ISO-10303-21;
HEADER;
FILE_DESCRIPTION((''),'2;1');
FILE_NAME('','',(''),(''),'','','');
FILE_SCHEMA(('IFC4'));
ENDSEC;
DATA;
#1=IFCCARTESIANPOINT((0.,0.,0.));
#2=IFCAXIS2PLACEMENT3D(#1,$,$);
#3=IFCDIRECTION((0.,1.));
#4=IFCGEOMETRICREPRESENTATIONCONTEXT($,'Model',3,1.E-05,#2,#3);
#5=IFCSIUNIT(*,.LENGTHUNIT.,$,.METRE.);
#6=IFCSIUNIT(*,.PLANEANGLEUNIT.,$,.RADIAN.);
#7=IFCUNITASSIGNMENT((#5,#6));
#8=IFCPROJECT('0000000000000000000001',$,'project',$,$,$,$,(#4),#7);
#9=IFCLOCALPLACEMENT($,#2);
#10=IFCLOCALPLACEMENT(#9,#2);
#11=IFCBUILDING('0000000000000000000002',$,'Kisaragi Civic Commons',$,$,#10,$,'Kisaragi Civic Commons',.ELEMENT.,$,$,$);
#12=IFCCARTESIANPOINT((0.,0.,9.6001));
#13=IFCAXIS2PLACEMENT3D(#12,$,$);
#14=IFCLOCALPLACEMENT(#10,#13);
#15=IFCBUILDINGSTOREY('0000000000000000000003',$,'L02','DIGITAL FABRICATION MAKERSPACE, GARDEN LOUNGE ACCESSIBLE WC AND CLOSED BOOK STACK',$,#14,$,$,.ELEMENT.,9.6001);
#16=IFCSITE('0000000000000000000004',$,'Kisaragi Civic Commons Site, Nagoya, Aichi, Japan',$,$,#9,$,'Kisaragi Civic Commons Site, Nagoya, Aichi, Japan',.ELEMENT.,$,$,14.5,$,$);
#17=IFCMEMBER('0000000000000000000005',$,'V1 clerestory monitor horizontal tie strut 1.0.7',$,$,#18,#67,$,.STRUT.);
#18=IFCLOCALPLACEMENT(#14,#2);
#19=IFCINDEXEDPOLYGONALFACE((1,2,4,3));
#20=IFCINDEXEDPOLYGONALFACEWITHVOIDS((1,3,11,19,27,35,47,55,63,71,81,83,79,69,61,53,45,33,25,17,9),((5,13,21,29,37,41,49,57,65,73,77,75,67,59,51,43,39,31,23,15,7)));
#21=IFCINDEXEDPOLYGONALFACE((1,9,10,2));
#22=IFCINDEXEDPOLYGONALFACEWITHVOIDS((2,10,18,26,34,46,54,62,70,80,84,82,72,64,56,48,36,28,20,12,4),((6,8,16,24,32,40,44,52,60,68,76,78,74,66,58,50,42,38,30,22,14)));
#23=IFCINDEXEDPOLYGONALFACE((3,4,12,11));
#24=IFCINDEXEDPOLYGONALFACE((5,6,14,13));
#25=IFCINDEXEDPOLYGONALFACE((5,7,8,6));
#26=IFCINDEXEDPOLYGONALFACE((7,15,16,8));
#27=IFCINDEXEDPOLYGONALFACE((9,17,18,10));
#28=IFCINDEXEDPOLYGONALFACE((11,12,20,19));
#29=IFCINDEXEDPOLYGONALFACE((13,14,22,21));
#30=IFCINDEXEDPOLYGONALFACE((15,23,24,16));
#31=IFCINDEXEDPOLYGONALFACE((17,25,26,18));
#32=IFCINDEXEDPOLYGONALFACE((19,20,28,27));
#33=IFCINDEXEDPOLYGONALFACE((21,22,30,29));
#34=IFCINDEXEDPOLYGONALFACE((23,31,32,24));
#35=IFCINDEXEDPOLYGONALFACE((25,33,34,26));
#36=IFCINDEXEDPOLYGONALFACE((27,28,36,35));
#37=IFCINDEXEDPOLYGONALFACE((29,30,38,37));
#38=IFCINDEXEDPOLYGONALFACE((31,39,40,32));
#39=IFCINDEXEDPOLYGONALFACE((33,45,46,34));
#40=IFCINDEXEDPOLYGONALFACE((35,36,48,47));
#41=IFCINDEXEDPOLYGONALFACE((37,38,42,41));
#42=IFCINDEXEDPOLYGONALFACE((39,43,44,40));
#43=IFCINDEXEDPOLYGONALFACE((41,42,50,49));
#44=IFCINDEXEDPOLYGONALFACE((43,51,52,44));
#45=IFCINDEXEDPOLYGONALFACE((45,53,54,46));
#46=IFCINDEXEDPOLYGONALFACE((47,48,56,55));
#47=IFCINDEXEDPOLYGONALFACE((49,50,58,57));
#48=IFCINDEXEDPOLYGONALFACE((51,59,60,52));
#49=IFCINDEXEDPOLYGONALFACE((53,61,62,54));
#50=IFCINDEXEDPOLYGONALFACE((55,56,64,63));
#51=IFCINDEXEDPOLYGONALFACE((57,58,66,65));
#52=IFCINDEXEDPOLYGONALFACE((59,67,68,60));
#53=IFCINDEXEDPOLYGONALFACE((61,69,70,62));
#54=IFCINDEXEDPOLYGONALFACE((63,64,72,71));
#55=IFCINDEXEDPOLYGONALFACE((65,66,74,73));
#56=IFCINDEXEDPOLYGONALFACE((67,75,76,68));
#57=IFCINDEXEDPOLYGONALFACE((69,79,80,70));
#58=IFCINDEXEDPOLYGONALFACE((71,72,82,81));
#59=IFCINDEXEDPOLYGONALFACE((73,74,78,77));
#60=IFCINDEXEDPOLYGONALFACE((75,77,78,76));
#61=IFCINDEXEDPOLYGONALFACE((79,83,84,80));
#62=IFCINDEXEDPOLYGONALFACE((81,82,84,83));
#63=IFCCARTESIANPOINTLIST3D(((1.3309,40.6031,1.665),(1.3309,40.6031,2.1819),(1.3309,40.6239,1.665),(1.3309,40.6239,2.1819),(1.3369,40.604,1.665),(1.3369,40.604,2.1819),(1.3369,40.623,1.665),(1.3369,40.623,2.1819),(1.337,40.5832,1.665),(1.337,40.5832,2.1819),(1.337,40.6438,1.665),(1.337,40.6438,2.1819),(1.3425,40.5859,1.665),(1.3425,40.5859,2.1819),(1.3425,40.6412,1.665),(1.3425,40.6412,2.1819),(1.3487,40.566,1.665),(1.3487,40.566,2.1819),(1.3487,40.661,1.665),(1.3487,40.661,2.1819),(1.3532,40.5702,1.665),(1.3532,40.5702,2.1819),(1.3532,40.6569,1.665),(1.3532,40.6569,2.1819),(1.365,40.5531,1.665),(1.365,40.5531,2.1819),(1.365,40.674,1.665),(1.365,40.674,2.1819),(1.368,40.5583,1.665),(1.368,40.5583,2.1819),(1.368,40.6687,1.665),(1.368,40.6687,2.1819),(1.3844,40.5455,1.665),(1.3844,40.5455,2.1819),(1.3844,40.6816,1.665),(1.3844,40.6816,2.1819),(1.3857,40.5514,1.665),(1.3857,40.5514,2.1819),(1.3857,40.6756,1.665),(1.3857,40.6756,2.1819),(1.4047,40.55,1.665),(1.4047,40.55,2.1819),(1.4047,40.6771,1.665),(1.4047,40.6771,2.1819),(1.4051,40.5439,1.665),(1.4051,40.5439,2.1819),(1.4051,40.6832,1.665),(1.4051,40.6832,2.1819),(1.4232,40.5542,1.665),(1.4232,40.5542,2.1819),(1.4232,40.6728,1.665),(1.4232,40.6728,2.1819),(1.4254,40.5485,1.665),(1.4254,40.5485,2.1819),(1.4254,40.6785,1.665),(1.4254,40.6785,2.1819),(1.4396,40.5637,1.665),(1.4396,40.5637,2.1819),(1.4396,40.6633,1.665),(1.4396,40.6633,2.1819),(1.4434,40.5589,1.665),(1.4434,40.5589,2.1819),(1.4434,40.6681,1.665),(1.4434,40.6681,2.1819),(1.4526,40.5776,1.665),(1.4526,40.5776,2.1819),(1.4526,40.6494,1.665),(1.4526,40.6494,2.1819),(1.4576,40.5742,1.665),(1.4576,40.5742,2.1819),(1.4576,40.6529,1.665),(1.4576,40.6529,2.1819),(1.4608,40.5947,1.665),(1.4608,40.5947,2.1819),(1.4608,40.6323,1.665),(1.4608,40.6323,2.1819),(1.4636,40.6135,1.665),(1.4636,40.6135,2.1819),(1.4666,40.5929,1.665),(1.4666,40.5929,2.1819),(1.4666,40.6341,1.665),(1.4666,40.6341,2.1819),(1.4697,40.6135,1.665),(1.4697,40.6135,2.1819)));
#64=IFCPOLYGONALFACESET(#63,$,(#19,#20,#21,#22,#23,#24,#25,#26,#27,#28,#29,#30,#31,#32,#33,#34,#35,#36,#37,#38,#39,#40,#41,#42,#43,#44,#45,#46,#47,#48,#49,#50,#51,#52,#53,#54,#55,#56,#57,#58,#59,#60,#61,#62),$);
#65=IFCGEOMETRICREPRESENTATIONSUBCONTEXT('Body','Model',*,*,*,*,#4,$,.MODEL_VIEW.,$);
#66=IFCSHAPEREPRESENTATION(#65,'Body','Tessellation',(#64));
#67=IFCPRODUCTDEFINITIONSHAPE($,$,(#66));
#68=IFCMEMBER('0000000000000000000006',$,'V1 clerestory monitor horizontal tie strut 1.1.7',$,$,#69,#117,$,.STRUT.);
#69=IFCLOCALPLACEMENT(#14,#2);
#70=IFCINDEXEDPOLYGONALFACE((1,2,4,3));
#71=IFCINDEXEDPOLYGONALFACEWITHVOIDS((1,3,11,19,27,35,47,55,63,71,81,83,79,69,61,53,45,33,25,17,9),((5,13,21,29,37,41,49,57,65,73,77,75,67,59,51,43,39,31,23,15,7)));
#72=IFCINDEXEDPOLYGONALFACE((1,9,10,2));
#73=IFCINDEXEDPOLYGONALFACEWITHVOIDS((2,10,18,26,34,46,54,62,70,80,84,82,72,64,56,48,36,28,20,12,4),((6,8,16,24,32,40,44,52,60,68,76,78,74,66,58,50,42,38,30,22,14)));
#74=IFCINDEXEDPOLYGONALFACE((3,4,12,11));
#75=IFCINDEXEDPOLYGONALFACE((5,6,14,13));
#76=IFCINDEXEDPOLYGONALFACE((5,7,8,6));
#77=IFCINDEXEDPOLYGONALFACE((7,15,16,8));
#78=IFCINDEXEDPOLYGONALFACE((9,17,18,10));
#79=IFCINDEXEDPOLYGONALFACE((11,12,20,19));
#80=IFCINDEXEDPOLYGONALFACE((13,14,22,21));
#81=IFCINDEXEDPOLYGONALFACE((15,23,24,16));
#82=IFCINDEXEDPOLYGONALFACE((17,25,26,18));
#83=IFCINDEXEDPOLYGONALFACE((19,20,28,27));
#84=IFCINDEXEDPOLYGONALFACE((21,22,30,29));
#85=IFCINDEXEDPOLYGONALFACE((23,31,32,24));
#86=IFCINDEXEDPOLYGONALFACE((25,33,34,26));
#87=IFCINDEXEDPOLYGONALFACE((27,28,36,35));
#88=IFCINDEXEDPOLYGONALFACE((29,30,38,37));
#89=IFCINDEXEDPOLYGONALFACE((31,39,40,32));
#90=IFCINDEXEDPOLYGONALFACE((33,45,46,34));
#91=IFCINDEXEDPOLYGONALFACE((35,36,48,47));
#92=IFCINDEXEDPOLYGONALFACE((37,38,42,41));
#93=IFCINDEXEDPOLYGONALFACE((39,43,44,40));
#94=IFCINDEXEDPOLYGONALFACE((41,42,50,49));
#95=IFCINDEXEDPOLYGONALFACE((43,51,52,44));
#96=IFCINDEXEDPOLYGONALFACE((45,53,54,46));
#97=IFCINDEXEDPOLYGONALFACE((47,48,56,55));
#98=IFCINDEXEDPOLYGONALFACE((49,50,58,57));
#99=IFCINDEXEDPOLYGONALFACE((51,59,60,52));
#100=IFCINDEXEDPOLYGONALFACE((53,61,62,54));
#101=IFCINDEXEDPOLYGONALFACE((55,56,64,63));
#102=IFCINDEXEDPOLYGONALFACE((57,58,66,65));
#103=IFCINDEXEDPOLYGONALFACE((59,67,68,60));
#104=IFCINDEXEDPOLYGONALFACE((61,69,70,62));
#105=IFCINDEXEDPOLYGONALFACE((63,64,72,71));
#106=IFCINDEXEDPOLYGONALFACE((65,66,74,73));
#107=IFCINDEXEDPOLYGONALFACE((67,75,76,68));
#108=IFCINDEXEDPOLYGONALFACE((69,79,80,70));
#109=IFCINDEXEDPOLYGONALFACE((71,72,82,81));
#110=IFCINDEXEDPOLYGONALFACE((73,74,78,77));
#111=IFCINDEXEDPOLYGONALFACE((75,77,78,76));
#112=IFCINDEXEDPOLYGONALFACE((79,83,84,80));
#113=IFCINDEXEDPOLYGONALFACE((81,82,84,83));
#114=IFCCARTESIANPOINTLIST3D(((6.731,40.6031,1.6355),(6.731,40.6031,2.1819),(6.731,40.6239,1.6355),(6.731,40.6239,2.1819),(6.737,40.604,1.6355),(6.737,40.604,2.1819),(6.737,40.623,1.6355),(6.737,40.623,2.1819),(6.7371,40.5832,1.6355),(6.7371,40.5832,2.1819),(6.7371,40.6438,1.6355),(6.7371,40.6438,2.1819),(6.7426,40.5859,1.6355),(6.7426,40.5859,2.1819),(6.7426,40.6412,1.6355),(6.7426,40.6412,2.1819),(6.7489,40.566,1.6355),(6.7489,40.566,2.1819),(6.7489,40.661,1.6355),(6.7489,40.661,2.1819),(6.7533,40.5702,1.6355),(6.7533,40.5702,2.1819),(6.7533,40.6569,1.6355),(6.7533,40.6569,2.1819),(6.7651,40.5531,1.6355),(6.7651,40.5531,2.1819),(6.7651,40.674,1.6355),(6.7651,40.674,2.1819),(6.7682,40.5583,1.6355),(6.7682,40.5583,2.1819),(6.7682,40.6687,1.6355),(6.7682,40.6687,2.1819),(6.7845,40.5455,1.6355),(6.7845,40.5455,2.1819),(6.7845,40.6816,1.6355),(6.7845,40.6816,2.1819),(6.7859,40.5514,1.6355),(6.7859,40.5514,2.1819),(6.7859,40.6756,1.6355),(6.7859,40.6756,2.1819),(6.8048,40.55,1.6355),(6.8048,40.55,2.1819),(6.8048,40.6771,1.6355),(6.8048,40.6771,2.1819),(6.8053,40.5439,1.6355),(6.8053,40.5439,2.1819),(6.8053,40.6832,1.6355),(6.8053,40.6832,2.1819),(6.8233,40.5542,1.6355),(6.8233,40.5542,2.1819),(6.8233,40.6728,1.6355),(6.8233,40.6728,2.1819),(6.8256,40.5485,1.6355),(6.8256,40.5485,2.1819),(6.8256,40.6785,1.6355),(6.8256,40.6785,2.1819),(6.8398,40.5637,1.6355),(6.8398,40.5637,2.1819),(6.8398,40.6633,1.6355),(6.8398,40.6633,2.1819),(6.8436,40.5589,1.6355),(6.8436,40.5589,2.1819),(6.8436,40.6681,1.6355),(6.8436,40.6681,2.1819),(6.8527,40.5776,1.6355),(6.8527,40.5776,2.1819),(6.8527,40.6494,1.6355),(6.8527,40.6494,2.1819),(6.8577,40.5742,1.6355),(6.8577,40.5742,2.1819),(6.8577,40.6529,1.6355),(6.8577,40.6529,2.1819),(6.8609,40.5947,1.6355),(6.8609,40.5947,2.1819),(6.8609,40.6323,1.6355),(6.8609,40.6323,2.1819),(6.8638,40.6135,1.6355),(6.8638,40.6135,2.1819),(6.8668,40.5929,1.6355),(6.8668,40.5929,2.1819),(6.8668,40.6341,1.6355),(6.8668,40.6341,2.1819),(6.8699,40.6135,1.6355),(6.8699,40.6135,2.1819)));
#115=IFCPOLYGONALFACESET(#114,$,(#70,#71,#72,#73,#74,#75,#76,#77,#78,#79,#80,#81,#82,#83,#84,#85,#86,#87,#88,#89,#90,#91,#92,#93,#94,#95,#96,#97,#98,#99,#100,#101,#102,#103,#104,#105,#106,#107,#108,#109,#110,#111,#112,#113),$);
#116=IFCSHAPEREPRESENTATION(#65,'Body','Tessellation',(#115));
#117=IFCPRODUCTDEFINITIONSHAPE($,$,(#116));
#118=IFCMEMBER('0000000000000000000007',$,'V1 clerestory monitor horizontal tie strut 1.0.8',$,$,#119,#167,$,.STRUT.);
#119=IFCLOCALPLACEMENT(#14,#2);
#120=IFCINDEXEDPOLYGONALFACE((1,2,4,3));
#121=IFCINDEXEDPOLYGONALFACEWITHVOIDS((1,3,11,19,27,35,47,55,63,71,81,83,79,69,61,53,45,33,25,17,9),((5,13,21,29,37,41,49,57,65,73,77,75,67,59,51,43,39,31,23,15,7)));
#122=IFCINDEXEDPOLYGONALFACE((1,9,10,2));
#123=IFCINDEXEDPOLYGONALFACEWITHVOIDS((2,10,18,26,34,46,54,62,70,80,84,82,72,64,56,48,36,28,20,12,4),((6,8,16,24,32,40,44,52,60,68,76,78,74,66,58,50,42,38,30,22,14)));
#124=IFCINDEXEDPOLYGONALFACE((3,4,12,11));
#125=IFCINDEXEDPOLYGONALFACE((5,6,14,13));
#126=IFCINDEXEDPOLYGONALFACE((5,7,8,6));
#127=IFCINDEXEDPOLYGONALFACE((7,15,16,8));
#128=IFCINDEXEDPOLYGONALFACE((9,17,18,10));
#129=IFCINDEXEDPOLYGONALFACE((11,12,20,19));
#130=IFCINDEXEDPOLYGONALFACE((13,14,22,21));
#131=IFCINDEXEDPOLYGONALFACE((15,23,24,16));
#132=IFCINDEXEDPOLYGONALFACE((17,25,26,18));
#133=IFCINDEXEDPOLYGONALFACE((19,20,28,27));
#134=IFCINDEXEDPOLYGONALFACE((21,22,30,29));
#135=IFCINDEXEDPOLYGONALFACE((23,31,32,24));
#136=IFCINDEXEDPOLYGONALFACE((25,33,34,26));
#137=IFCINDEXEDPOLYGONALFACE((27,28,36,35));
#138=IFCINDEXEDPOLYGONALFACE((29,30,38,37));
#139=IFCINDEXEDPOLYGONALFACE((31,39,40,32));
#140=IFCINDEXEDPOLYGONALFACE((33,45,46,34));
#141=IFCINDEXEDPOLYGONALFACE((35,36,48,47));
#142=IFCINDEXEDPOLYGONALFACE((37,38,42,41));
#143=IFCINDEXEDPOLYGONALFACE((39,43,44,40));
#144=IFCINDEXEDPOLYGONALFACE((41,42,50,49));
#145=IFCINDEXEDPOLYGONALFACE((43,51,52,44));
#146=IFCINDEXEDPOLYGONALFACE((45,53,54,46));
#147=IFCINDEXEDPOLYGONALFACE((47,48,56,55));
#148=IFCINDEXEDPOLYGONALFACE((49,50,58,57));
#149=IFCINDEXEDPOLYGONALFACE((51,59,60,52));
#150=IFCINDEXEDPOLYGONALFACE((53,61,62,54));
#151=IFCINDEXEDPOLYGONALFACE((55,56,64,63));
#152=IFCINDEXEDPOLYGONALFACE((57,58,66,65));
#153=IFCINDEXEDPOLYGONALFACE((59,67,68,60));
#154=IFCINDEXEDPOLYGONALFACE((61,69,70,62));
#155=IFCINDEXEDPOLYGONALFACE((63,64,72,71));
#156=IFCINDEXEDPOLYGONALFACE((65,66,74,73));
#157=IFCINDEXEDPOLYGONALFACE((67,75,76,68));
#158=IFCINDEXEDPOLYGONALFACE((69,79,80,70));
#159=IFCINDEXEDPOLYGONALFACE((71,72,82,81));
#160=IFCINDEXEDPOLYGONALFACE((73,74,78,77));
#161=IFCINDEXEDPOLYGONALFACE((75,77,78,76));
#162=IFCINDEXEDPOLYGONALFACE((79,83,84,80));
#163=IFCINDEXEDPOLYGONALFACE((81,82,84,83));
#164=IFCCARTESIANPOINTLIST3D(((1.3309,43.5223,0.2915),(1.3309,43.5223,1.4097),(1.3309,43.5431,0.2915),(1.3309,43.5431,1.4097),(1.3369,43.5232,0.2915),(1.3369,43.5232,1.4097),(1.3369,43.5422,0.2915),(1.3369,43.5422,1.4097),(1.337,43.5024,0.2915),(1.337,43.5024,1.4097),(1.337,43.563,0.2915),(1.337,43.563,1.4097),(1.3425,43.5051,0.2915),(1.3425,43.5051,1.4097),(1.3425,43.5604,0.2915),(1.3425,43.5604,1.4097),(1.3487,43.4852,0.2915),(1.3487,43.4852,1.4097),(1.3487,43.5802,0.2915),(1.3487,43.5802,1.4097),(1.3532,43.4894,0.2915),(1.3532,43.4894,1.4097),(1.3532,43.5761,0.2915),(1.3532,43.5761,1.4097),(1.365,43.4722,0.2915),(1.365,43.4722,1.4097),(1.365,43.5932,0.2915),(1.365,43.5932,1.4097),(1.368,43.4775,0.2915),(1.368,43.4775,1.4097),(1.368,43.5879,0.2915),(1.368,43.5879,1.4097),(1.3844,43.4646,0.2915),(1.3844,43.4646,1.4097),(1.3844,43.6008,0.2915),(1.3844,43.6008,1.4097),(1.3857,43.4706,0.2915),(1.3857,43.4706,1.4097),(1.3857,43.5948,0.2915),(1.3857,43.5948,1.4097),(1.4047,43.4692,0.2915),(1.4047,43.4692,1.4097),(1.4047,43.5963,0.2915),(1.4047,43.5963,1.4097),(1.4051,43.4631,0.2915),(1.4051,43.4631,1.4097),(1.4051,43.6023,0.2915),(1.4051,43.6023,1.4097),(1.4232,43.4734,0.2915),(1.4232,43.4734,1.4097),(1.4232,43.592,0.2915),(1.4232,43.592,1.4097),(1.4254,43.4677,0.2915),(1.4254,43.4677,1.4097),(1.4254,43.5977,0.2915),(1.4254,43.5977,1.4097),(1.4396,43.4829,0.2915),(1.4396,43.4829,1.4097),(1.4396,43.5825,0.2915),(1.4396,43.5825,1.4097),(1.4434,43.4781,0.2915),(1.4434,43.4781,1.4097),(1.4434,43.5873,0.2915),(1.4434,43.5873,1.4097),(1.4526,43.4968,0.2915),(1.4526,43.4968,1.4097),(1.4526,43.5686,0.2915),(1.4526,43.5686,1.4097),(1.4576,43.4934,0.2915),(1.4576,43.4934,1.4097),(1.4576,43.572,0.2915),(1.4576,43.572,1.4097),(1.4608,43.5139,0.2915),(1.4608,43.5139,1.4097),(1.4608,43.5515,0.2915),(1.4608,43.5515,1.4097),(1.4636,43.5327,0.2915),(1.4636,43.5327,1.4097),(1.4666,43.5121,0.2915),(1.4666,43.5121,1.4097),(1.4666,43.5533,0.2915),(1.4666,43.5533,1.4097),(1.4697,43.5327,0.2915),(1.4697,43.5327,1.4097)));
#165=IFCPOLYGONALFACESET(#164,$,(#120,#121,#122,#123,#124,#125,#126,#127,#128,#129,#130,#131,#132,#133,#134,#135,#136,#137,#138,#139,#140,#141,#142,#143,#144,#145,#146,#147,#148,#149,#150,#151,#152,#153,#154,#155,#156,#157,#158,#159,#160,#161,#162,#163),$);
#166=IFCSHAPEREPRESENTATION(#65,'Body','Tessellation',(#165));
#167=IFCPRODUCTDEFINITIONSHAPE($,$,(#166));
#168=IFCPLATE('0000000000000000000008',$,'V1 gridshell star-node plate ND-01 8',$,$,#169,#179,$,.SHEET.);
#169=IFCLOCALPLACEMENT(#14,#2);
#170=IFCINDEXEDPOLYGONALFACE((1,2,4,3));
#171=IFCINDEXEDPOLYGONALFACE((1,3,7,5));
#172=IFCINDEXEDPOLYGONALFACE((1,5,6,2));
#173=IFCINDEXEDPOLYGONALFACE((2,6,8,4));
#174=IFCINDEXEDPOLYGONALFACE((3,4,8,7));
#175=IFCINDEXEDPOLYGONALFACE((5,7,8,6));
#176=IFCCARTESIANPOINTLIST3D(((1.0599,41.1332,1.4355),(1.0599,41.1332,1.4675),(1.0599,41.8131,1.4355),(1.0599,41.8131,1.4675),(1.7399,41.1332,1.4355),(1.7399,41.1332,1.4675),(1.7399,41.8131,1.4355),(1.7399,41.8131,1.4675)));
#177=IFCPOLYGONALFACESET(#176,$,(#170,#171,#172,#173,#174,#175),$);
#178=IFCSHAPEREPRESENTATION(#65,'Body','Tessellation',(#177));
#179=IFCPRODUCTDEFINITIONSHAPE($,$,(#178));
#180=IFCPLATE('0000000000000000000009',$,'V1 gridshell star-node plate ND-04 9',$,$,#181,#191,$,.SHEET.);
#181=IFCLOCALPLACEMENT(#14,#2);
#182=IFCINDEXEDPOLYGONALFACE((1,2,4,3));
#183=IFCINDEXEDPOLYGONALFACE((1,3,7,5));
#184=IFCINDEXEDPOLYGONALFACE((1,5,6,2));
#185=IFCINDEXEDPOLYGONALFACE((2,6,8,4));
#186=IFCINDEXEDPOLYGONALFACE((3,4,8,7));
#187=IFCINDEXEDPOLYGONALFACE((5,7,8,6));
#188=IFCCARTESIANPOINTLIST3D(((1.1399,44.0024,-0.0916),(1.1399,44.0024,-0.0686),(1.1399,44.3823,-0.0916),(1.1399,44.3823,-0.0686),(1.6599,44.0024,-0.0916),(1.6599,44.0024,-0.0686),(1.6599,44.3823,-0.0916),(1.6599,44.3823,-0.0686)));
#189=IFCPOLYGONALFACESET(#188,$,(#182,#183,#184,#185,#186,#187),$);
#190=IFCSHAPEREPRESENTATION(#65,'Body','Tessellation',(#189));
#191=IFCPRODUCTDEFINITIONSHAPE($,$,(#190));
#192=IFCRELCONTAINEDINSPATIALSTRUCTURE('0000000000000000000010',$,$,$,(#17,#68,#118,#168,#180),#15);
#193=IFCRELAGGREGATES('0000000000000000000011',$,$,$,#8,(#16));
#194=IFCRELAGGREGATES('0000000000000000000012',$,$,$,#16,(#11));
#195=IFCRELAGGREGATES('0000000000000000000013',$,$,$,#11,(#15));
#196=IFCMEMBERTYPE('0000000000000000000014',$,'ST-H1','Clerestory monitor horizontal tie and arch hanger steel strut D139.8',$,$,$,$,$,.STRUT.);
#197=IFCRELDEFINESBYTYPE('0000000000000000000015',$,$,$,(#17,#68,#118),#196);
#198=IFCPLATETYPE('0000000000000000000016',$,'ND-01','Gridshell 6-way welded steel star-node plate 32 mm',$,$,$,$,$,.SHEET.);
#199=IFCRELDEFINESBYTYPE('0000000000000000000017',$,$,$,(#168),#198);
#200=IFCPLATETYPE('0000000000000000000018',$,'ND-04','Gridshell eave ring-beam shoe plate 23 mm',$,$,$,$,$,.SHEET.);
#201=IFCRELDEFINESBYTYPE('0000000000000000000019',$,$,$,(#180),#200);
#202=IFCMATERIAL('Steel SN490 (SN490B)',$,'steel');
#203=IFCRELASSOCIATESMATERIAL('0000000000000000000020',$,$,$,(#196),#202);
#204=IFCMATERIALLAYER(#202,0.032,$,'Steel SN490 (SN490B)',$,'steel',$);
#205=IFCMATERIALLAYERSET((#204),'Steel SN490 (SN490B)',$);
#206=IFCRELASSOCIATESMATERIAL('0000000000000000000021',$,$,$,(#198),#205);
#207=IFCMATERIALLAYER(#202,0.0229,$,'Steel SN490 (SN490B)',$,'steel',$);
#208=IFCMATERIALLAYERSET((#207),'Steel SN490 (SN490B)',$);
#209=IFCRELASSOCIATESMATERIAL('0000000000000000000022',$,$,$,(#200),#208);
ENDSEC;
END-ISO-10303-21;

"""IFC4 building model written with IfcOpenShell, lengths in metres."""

from ifc_helpers import new_model, si_unit, direction, frame, origin, origin_2d, place, context, subcontext, project, spatial, rectangle, hollow_circle, extrude, material, layer, layer_set, material_profile, profile_set, type_object, element, save


model = new_model("IFC4")

# Units and contexts
model_context = context("Model", 3, precision=1e-05, world=origin(), true_north=direction((0.0, 1.0)))
body_context = subcontext(model_context, "Body", "Model", "MODEL_VIEW")
ifc_project = project(units=[si_unit("LENGTHUNIT", "METRE"), si_unit("PLANEANGLEUNIT", "RADIAN")], contexts=[model_context])

# Site, building, storey
site_placement = place(None, origin())
site = spatial("IfcSite", under=ifc_project, at=site_placement, Name="Kisaragi Civic Commons Site, Nagoya, Aichi, Japan", LongName="Kisaragi Civic Commons Site, Nagoya, Aichi, Japan", CompositionType="ELEMENT", RefElevation=14.5)
building_placement = place(site_placement, origin())
building = spatial("IfcBuilding", under=site, at=building_placement, Name="Kisaragi Civic Commons", LongName="Kisaragi Civic Commons", CompositionType="ELEMENT")
storey_placement = place(building_placement, frame((0.0, 0.0, 9.6001)))
storey = spatial("IfcBuildingStorey", under=building, at=storey_placement, Name="L02", Description="DIGITAL FABRICATION MAKERSPACE, GARDEN LOUNGE ACCESSIBLE WC AND CLOSED BOOK STACK", CompositionType="ELEMENT", Elevation=9.6001)

# Members
ifc_material_1 = material(Name="Steel SN490 (SN490B)", Category="steel")
ifc_material_profile_1 = material_profile(ifc_material_1, hollow_circle(Radius=0.0698, WallThickness=0.0061, at=origin_2d()), Name="CHS-139.8x6.0", Category="steel")
ifc_profile_set_1 = profile_set([ifc_material_profile_1], Name="Steel SN490 (SN490B)")
member_type_1 = type_object("IfcMemberType", Name="ST-H1", Description="Clerestory monitor horizontal tie and arch hanger steel strut D139.8", PredefinedType="STRUT", material=ifc_profile_set_1)
member_1_placement = place(storey_placement, frame((1.3999, 40.6135, 1.665), z_axis=(0.0, 0.0, 1.0), x_axis=(1.0, 0.0, 0.0)))
element("IfcMember", 1, at=member_1_placement, inside=storey, type_object=member_type_1, Name="V1 clerestory monitor horizontal tie strut 1.0.7", PredefinedType="STRUT", context=body_context, shape_type="SweptSolid", body=[
    extrude(hollow_circle(Radius=0.0698, WallThickness=0.0061, at=origin_2d()), origin(), (0.0, 0.0, 1.0), 0.5168),
])
member_2_placement = place(storey_placement, frame((6.8, 40.6135, 1.6355), z_axis=(0.0, 0.0, 1.0), x_axis=(1.0, 0.0, 0.0)))
element("IfcMember", 2, at=member_2_placement, inside=storey, type_object=member_type_1, Name="V1 clerestory monitor horizontal tie strut 1.1.7", PredefinedType="STRUT", context=body_context, shape_type="SweptSolid", body=[
    extrude(hollow_circle(Radius=0.0698, WallThickness=0.0061, at=origin_2d()), origin(), (0.0, 0.0, 1.0), 0.5464),
])
member_3_placement = place(storey_placement, frame((1.3999, 43.5327, 0.2915), z_axis=(0.0, 0.0, 1.0), x_axis=(1.0, 0.0, 0.0)))
element("IfcMember", 3, at=member_3_placement, inside=storey, type_object=member_type_1, Name="V1 clerestory monitor horizontal tie strut 1.0.8", PredefinedType="STRUT", context=body_context, shape_type="SweptSolid", body=[
    extrude(hollow_circle(Radius=0.0698, WallThickness=0.0061, at=origin_2d()), origin(), (0.0, 0.0, 1.0), 1.1182),
])

# Plates
ifc_layer_1 = layer(ifc_material_1, 0.032, Name="Steel SN490 (SN490B)", Category="steel")
ifc_layer_set_1 = layer_set([ifc_layer_1], Name="Steel SN490 (SN490B)")
plate_type_1 = type_object("IfcPlateType", Name="ND-01", Description="Gridshell 6-way welded steel star-node plate 32 mm", PredefinedType="SHEET", material=ifc_layer_set_1)
plate_1_placement = place(storey_placement, frame((1.3999, 41.4731, 1.4355), z_axis=(0.0, 0.0, 1.0), x_axis=(1.0, 0.0, 0.0)))
element("IfcPlate", 4, at=plate_1_placement, inside=storey, type_object=plate_type_1, Name="V1 gridshell star-node plate ND-01 8", PredefinedType="SHEET", context=body_context, shape_type="SweptSolid", body=[
    extrude(rectangle(XDim=0.6799, YDim=0.6799, at=origin_2d()), origin(), (0.0, 0.0, 1.0), 0.032),
])
ifc_layer_2 = layer(ifc_material_1, 0.0229, Name="Steel SN490 (SN490B)", Category="steel")
ifc_layer_set_2 = layer_set([ifc_layer_2], Name="Steel SN490 (SN490B)")
plate_type_2 = type_object("IfcPlateType", Name="ND-04", Description="Gridshell eave ring-beam shoe plate 23 mm", PredefinedType="SHEET", material=ifc_layer_set_2)
plate_2_placement = place(storey_placement, frame((1.3999, 44.1924, -0.0916), z_axis=(0.0, 0.0, 1.0), x_axis=(1.0, 0.0, 0.0)))
element("IfcPlate", 5, at=plate_2_placement, inside=storey, type_object=plate_type_2, Name="V1 gridshell star-node plate ND-04 9", PredefinedType="SHEET", context=body_context, shape_type="SweptSolid", body=[
    extrude(rectangle(XDim=0.52, YDim=0.3799, at=origin_2d()), origin(), (0.0, 0.0, 1.0), 0.0229),
])

save(model, "model.ifc")
